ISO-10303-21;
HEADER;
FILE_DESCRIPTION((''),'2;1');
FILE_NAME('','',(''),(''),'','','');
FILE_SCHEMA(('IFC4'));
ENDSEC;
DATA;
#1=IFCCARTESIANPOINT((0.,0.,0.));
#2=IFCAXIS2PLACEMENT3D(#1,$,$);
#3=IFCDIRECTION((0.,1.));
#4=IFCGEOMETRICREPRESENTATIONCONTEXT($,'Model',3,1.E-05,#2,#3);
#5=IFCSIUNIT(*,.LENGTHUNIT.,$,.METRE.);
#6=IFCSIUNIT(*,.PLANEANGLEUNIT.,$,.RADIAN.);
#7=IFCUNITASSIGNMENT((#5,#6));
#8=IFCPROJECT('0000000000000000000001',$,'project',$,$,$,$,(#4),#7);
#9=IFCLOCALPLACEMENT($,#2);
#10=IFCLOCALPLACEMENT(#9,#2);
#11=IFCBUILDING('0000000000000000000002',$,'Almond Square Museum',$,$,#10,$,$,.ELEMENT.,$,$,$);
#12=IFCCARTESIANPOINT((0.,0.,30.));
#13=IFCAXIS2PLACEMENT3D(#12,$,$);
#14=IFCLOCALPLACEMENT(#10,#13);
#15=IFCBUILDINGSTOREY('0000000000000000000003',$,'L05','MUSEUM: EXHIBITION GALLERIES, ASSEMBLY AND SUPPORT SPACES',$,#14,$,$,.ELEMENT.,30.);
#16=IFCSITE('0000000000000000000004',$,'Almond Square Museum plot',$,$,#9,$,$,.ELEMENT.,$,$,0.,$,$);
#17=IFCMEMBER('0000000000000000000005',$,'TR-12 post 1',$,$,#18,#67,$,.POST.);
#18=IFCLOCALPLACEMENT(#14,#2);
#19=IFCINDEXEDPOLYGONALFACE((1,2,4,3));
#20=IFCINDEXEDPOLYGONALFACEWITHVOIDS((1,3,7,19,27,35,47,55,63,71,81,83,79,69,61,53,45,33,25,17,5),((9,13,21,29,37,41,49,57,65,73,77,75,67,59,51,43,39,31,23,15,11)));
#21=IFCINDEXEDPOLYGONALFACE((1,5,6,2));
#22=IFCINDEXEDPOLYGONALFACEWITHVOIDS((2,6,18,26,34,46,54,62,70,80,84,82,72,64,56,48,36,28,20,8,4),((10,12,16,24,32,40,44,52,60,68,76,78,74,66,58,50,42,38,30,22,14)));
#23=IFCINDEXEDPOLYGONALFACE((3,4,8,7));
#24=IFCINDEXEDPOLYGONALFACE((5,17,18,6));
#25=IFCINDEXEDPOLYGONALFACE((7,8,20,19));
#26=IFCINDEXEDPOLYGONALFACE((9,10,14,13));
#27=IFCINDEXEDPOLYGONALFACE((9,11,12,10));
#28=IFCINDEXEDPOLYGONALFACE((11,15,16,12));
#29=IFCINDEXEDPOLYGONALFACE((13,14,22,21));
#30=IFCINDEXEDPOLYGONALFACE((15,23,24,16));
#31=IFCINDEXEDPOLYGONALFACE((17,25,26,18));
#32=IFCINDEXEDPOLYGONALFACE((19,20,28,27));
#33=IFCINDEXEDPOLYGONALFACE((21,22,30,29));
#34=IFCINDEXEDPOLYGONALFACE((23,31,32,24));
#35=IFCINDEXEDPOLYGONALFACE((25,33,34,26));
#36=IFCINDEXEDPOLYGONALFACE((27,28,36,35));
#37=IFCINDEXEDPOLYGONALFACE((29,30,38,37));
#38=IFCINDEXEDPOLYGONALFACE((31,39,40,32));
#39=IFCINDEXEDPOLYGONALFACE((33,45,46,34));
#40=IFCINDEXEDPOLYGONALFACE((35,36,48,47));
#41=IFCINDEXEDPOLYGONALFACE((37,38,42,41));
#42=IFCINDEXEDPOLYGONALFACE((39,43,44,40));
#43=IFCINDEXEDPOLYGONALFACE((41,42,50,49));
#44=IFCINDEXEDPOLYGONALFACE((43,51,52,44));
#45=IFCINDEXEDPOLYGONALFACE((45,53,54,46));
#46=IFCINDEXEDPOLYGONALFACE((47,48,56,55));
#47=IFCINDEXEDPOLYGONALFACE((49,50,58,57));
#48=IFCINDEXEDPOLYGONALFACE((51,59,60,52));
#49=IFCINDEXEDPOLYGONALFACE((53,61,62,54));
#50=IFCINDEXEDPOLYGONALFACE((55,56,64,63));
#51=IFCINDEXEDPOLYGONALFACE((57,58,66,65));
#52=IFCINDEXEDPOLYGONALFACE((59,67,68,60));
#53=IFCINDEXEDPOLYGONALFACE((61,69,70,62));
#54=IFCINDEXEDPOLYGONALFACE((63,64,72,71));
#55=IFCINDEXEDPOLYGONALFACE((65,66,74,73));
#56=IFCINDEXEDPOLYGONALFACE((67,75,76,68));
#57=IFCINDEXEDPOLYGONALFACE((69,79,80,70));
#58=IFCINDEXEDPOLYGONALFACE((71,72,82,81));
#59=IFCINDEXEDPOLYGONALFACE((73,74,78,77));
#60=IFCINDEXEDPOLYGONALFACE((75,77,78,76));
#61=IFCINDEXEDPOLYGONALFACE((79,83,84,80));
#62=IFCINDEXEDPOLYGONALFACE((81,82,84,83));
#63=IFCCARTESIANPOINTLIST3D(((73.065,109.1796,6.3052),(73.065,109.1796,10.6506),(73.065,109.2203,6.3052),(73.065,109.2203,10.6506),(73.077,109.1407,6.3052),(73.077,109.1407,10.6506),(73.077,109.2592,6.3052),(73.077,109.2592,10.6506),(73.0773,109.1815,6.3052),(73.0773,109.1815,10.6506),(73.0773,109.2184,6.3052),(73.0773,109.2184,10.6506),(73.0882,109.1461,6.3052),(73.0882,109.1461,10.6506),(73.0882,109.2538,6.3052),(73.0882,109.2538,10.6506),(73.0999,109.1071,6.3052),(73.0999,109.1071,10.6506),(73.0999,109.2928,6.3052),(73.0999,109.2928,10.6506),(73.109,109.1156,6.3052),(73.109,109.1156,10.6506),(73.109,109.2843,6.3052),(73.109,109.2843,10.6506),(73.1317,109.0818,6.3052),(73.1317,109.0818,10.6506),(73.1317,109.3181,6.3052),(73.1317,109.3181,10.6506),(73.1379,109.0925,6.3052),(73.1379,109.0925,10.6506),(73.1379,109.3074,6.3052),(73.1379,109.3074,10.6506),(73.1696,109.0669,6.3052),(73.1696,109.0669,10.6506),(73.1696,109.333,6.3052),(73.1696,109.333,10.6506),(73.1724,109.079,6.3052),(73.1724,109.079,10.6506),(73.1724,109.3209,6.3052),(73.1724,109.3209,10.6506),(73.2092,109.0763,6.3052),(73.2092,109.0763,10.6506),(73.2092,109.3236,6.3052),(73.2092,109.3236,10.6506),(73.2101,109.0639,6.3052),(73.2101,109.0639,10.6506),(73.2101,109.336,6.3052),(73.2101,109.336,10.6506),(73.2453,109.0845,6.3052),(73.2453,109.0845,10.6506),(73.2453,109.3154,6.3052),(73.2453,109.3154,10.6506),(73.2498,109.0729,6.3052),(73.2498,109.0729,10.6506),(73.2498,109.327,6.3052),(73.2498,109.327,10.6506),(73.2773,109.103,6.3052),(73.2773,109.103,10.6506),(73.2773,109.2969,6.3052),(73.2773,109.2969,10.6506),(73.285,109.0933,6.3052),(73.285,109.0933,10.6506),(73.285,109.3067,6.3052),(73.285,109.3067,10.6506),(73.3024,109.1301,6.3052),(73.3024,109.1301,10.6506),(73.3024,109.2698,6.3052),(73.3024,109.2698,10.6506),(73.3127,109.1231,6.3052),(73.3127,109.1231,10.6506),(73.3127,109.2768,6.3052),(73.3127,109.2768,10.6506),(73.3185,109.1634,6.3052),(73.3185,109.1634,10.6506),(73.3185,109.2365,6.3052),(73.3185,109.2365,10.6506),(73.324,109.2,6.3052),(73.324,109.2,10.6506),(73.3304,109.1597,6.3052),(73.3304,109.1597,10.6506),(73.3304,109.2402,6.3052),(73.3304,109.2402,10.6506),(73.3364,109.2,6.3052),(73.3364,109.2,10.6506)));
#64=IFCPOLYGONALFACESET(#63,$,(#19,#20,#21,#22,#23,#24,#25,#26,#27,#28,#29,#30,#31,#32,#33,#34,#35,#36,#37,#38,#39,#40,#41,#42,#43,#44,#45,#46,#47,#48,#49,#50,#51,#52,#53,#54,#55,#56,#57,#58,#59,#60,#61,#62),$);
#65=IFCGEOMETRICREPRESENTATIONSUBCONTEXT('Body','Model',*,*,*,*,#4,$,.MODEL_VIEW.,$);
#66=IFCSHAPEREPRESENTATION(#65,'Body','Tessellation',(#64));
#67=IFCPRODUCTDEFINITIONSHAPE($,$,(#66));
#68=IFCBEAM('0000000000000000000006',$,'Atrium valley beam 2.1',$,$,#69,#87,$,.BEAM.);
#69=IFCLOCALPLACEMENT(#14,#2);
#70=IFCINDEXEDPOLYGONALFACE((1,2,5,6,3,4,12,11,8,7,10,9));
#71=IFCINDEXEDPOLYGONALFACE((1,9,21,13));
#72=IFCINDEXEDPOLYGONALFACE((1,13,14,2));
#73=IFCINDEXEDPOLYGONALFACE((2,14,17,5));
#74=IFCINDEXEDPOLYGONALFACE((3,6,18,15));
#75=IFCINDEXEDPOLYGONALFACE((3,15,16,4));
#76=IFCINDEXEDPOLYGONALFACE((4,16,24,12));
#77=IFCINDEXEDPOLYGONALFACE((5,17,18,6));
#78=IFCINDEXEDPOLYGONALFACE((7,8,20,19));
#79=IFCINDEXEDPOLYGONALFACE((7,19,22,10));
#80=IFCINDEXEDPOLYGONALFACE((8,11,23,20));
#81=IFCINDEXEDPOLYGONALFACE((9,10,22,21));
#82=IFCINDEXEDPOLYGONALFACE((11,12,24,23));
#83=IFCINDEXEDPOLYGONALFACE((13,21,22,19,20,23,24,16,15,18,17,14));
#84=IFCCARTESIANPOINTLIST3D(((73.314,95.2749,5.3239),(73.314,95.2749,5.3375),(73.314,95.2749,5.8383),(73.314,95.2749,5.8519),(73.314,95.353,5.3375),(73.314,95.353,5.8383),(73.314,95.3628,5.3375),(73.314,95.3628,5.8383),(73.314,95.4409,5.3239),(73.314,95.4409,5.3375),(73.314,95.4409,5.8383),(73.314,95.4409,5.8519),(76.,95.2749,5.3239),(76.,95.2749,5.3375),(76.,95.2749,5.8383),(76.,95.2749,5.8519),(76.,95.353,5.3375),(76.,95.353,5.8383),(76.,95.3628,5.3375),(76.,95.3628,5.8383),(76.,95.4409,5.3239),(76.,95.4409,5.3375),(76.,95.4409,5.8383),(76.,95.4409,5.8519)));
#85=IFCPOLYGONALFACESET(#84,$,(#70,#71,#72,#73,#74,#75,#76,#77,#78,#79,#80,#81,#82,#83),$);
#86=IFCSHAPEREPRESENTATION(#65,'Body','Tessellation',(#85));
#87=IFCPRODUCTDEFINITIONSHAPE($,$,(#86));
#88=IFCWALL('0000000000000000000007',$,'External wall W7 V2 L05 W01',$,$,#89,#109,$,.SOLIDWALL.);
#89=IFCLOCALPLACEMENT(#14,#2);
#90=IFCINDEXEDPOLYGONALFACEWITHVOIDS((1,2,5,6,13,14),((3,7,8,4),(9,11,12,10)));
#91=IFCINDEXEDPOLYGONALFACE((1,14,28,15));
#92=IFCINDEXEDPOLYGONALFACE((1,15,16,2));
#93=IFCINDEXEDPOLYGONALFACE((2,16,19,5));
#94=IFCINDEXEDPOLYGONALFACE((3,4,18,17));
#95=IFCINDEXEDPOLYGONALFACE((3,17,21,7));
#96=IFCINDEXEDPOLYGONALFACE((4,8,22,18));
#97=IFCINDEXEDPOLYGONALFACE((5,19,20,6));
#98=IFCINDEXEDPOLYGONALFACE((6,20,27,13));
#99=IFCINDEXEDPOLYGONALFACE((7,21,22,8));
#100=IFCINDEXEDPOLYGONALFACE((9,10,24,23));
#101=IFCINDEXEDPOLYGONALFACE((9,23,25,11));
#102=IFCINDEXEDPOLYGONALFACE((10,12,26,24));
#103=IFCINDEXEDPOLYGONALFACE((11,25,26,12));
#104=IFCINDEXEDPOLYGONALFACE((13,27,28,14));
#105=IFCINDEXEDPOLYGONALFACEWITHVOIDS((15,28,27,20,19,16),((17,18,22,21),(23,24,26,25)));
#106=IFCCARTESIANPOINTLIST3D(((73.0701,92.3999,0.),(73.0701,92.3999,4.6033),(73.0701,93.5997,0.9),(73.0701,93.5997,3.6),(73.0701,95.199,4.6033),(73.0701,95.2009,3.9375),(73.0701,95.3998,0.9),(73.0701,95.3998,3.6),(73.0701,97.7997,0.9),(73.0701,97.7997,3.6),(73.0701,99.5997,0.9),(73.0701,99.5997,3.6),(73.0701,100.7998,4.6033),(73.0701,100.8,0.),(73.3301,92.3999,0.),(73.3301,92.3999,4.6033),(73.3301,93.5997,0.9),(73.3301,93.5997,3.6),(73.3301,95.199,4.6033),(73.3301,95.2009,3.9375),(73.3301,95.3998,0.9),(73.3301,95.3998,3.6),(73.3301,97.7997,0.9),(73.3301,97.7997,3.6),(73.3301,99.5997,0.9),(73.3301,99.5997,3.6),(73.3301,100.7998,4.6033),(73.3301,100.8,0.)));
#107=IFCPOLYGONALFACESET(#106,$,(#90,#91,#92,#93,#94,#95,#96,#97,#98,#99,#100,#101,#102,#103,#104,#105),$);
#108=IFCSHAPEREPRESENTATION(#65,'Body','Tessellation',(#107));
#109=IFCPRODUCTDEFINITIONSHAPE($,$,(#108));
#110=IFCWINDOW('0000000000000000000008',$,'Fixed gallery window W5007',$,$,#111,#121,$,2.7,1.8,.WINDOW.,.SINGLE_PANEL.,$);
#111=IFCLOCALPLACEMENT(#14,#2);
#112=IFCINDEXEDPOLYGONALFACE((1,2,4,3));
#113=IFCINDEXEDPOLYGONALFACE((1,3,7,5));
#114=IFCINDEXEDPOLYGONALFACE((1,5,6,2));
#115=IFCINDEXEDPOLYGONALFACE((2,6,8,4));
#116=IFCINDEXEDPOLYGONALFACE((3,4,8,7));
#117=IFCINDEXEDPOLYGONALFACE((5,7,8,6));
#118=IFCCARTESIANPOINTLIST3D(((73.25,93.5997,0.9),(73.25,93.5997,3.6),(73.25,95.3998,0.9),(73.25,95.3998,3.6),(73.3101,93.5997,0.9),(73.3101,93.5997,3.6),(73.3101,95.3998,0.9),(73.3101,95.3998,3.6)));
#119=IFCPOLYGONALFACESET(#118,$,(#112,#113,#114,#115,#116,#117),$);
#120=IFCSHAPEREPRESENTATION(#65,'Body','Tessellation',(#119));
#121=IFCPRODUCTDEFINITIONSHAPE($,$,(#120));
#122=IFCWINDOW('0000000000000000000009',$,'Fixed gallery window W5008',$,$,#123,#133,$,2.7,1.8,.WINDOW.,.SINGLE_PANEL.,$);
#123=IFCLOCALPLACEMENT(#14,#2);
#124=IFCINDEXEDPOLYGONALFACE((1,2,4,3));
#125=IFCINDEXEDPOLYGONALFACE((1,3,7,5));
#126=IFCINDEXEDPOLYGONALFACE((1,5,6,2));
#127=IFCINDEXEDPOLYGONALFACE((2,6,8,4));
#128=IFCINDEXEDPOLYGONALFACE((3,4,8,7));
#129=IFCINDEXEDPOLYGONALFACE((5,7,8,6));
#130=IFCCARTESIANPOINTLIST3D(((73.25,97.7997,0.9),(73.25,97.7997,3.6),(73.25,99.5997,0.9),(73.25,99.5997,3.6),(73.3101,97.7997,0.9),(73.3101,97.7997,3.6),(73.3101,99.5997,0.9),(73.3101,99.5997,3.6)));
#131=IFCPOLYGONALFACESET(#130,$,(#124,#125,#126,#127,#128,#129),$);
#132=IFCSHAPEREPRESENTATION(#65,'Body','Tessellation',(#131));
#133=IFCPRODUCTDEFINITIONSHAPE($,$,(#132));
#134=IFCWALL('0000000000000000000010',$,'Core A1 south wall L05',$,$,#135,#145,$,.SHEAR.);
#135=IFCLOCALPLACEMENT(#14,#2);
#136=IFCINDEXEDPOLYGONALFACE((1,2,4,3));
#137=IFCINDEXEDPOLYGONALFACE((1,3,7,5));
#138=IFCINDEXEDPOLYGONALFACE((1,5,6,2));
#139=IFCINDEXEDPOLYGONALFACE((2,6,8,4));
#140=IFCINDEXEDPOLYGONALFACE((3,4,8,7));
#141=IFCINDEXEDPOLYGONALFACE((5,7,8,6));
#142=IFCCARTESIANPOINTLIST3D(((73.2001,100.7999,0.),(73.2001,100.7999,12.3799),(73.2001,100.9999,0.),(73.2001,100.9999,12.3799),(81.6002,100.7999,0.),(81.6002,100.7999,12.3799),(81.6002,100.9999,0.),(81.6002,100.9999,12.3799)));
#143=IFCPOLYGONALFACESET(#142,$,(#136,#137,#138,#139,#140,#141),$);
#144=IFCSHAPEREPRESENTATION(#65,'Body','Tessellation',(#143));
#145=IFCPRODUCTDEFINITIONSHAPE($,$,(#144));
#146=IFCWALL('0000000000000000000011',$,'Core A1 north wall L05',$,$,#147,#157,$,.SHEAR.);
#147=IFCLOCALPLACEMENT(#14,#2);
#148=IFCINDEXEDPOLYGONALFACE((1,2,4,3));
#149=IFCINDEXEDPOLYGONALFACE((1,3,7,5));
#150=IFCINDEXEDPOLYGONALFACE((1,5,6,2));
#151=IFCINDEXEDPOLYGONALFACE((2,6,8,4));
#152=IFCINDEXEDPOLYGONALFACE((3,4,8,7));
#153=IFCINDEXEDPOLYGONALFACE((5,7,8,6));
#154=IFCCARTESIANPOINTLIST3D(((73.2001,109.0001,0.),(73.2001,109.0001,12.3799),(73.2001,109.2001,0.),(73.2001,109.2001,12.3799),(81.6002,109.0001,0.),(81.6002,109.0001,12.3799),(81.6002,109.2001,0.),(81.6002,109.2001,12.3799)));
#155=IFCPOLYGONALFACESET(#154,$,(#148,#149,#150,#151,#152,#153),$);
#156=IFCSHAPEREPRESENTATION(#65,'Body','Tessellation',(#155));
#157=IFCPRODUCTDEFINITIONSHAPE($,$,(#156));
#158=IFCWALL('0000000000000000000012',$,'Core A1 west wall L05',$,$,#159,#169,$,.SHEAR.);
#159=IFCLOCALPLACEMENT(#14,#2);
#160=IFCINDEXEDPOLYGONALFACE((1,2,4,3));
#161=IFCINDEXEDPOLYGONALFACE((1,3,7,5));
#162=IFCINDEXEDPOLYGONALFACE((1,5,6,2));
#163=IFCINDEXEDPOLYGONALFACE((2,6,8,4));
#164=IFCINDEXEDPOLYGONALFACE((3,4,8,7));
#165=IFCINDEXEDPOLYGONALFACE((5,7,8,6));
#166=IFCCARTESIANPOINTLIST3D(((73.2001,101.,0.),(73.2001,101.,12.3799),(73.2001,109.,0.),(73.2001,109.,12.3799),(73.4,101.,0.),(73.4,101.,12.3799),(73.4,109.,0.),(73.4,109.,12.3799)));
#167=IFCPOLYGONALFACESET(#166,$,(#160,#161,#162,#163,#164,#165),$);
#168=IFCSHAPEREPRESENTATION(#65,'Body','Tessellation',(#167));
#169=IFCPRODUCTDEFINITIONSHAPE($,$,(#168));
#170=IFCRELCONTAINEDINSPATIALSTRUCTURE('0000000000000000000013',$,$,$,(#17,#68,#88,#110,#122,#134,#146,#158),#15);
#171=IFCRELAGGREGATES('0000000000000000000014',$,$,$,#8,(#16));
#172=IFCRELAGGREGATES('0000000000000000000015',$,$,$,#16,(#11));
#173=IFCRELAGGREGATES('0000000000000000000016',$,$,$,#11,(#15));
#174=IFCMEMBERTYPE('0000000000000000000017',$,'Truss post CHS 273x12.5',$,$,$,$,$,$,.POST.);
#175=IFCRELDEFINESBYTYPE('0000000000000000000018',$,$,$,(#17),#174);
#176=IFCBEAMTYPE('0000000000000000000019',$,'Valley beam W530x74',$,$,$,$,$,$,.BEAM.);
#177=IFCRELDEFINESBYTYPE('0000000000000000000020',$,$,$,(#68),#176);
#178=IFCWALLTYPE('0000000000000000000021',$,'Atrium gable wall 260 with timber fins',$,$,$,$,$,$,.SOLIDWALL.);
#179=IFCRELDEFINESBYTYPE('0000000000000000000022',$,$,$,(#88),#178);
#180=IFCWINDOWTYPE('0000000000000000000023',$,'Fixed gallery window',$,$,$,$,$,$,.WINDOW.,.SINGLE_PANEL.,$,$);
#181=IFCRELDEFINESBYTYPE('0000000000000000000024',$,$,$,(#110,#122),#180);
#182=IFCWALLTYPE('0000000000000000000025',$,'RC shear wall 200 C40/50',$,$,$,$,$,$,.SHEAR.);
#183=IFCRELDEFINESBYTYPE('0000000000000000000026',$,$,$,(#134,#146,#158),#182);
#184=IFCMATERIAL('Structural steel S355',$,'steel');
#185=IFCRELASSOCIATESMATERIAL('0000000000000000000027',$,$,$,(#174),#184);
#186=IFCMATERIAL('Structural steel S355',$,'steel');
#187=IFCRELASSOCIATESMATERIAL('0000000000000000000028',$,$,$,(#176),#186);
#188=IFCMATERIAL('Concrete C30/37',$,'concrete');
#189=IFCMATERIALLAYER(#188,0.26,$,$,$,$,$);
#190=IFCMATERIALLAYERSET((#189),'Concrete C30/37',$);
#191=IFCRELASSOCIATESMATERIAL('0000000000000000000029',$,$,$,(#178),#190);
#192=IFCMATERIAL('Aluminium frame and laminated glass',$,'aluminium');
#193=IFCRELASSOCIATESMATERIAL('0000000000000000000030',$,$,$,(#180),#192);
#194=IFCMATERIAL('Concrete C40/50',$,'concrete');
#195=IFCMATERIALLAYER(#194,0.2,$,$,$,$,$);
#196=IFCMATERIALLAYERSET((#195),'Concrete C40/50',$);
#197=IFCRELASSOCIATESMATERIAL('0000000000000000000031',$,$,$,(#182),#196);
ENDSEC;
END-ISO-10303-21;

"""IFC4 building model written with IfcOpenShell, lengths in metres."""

from ifc_helpers import new_model, si_unit, direction, frame, frame_2d, origin, origin_2d, place, context, subcontext, project, spatial, polyline, rectangle, hollow_circle, i_section, outline, extrude, material, layer, layer_set, material_profile, profile_set, type_object, element, fill, save


model = new_model("IFC4")

# Units and contexts
model_context = context("Model", 3, precision=1e-05, world=origin(), true_north=direction((0.0, 1.0)))
body_context = subcontext(model_context, "Body", "Model", "MODEL_VIEW")
ifc_project = project(units=[si_unit("LENGTHUNIT", "METRE"), si_unit("PLANEANGLEUNIT", "RADIAN")], contexts=[model_context])

# Site, building, storey
site_placement = place(None, origin())
site = spatial("IfcSite", under=ifc_project, at=site_placement, Name="Almond Square Museum plot", CompositionType="ELEMENT", RefElevation=0.0)
building_placement = place(site_placement, origin())
building = spatial("IfcBuilding", under=site, at=building_placement, Name="Almond Square Museum", CompositionType="ELEMENT")
storey_placement = place(building_placement, frame((0.0, 0.0, 30.0)))
storey = spatial("IfcBuildingStorey", under=building, at=storey_placement, Name="L05", Description="MUSEUM: EXHIBITION GALLERIES, ASSEMBLY AND SUPPORT SPACES", CompositionType="ELEMENT", Elevation=30.0)

# Member
ifc_material_1 = material(Name="Structural steel S355", Category="steel")
ifc_material_profile_1 = material_profile(ifc_material_1, hollow_circle(Radius=0.1365, WallThickness=0.0125, at=origin_2d()))
ifc_profile_set_1 = profile_set([ifc_material_profile_1], Name="Structural steel S355")
member_type_1 = type_object("IfcMemberType", Name="Truss post CHS 273x12.5", PredefinedType="POST", material=ifc_profile_set_1)
for number, where, z_axis, x_axis, name in (
    (1, (73.2, 109.2, 6.3052), (0.0, 0.0, 1.0), (1.0, 0.0, 0.0), "TR-12 post 1"),
):
    element("IfcMember", number, at=place(storey_placement, frame(where, z_axis=z_axis, x_axis=x_axis)), inside=storey, type_object=member_type_1, Name=name, PredefinedType="POST", context=body_context, shape_type="SweptSolid", body=[
        extrude(hollow_circle(Radius=0.1365, WallThickness=0.0125, at=origin_2d()), origin(), (0.0, 0.0, 1.0), 4.3455),
    ])

# Beam
ifc_material_2 = material(Name="Structural steel S355", Category="steel")
ifc_material_profile_2 = material_profile(ifc_material_2, i_section(OverallWidth=0.166, OverallDepth=0.5281, WebThickness=0.0098, FlangeThickness=0.0137, at=origin_2d()))
ifc_profile_set_2 = profile_set([ifc_material_profile_2], Name="Structural steel S355")
beam_type_1 = type_object("IfcBeamType", Name="Valley beam W530x74", PredefinedType="BEAM", material=ifc_profile_set_2)
beam_1_placement = place(storey_placement, frame((73.314, 95.3579, 5.5879), z_axis=(1.0, 0.0, 0.0), x_axis=(0.0, 1.0, 0.0)))
element("IfcBeam", 2, at=beam_1_placement, inside=storey, type_object=beam_type_1, Name="Atrium valley beam 2.1", PredefinedType="BEAM", context=body_context, shape_type="SweptSolid", body=[
    extrude(i_section(OverallWidth=0.166, OverallDepth=0.5281, WebThickness=0.0098, FlangeThickness=0.0137, at=origin_2d()), origin(), (0.0, 0.0, 1.0), 2.686),
])

# Wall, openings, windows
ifc_material_3 = material(Name="Concrete C30/37", Category="concrete")
ifc_layer_1 = layer(ifc_material_3, 0.26)
ifc_layer_set_1 = layer_set([ifc_layer_1], Name="Concrete C30/37")
wall_type_1 = type_object("IfcWallType", Name="Atrium gable wall 260 with timber fins", PredefinedType="SOLIDWALL", material=ifc_layer_set_1)
wall_1_placement = place(storey_placement, frame((73.2, 92.3999, 0.0), z_axis=(0.0, 0.0, 1.0), x_axis=(0.0, 1.0, 0.0)))
wall_1 = element("IfcWall", 3, at=wall_1_placement, inside=storey, type_object=wall_type_1, Name="External wall W7 V2 L05 W01", PredefinedType="SOLIDWALL", context=body_context, shape_type="SweptSolid", body=[
    extrude(outline(polyline([(0.0, 0.0), (8.4001, 0.0), (8.3999, 4.6033), (2.801, 3.9375), (2.7991, 4.6033), (0.0, 4.6033), (0.0, 0.0)])), frame((0.0, 0.1299, 0.0), z_axis=(0.0, -1.0, 0.0), x_axis=(1.0, 0.0, 0.0)), (0.0, 0.0, 1.0), 0.26),
])
opening_1_placement = place(wall_1_placement, frame((1.2, 0.0, 0.8999)))
opening_1 = element("IfcOpeningElement", 4, at=opening_1_placement, cuts=wall_1, PredefinedType="OPENING", context=body_context, shape_type="SweptSolid", body=[
    extrude(rectangle(XDim=1.8, YDim=2.7, at=frame_2d((0.8999, 1.3501))), frame((0.0, 0.1399, 0.0), z_axis=(0.0, -1.0, 0.0), x_axis=(1.0, 0.0, 0.0)), (0.0, 0.0, 1.0), 0.28),
])
opening_2_placement = place(wall_1_placement, frame((5.3999, 0.0, 0.8999)))
opening_2 = element("IfcOpeningElement", 5, at=opening_2_placement, cuts=wall_1, PredefinedType="OPENING", context=body_context, shape_type="SweptSolid", body=[
    extrude(rectangle(XDim=1.8, YDim=2.7, at=frame_2d((0.8999, 1.3501))), frame((0.0, 0.1399, 0.0), z_axis=(0.0, -1.0, 0.0), x_axis=(1.0, 0.0, 0.0)), (0.0, 0.0, 1.0), 0.28),
])
ifc_material_4 = material(Name="Aluminium frame and laminated glass", Category="aluminium")
window_type = type_object("IfcWindowType", Name="Fixed gallery window", PartitioningType="SINGLE_PANEL", PredefinedType="WINDOW", material=ifc_material_4)
window_1_placement = place(opening_1_placement, origin())
window_1 = element("IfcWindow", 6, at=window_1_placement, inside=storey, type_object=window_type, Name="Fixed gallery window W5007", OverallHeight=2.7, OverallWidth=1.8, PartitioningType="SINGLE_PANEL", PredefinedType="WINDOW", context=body_context, shape_type="SweptSolid", body=[
    extrude(rectangle(XDim=1.8, YDim=2.7, at=frame_2d((0.8999, 1.3501))), frame((0.0, -0.05, 0.0), z_axis=(0.0, -1.0, 0.0), x_axis=(1.0, 0.0, 0.0)), (0.0, 0.0, 1.0), 0.0601),
])
fill(opening_1, window_1)
window_2_placement = place(opening_2_placement, origin())
window_2 = element("IfcWindow", 7, at=window_2_placement, inside=storey, type_object=window_type, Name="Fixed gallery window W5008", OverallHeight=2.7, OverallWidth=1.8, PartitioningType="SINGLE_PANEL", PredefinedType="WINDOW", context=body_context, shape_type="SweptSolid", body=[
    extrude(rectangle(XDim=1.8, YDim=2.7, at=frame_2d((0.8999, 1.3501))), frame((0.0, -0.05, 0.0), z_axis=(0.0, -1.0, 0.0), x_axis=(1.0, 0.0, 0.0)), (0.0, 0.0, 1.0), 0.0601),
])
fill(opening_2, window_2)

# Walls
ifc_material_5 = material(Name="Concrete C40/50", Category="concrete")
ifc_layer_2 = layer(ifc_material_5, 0.2)
ifc_layer_set_2 = layer_set([ifc_layer_2], Name="Concrete C40/50")
wall_type_2 = type_object("IfcWallType", Name="RC shear wall 200 C40/50", PredefinedType="SHEAR", material=ifc_layer_set_2)
for number, where, z_axis, x_axis, name in (
    (8, (73.2, 100.8999, 0.0), (0.0, 0.0, 1.0), (1.0, 0.0, 0.0), "Core A1 south wall L05"),
    (9, (73.2, 109.1001, 0.0), (0.0, 0.0, 1.0), (1.0, 0.0, 0.0), "Core A1 north wall L05"),
):
    element("IfcWall", number, at=place(storey_placement, frame(where, z_axis=z_axis, x_axis=x_axis)), inside=storey, type_object=wall_type_2, Name=name, PredefinedType="SHEAR", context=body_context, shape_type="SweptSolid", body=[
        extrude(rectangle(XDim=8.4001, YDim=0.2, at=frame_2d((4.2002, 0.0))), origin(), (0.0, 0.0, 1.0), 12.3799),
    ])
wall_2_placement = place(storey_placement, frame((73.3, 101.0, 0.0), z_axis=(0.0, 0.0, 1.0), x_axis=(0.0, 1.0, 0.0)))
element("IfcWall", 10, at=wall_2_placement, inside=storey, type_object=wall_type_2, Name="Core A1 west wall L05", PredefinedType="SHEAR", context=body_context, shape_type="SweptSolid", body=[
    extrude(rectangle(XDim=8.0, YDim=0.2, at=frame_2d((4.0, 0.0))), origin(), (0.0, 0.0, 1.0), 12.3799),
])

save(model, "model.ifc")
